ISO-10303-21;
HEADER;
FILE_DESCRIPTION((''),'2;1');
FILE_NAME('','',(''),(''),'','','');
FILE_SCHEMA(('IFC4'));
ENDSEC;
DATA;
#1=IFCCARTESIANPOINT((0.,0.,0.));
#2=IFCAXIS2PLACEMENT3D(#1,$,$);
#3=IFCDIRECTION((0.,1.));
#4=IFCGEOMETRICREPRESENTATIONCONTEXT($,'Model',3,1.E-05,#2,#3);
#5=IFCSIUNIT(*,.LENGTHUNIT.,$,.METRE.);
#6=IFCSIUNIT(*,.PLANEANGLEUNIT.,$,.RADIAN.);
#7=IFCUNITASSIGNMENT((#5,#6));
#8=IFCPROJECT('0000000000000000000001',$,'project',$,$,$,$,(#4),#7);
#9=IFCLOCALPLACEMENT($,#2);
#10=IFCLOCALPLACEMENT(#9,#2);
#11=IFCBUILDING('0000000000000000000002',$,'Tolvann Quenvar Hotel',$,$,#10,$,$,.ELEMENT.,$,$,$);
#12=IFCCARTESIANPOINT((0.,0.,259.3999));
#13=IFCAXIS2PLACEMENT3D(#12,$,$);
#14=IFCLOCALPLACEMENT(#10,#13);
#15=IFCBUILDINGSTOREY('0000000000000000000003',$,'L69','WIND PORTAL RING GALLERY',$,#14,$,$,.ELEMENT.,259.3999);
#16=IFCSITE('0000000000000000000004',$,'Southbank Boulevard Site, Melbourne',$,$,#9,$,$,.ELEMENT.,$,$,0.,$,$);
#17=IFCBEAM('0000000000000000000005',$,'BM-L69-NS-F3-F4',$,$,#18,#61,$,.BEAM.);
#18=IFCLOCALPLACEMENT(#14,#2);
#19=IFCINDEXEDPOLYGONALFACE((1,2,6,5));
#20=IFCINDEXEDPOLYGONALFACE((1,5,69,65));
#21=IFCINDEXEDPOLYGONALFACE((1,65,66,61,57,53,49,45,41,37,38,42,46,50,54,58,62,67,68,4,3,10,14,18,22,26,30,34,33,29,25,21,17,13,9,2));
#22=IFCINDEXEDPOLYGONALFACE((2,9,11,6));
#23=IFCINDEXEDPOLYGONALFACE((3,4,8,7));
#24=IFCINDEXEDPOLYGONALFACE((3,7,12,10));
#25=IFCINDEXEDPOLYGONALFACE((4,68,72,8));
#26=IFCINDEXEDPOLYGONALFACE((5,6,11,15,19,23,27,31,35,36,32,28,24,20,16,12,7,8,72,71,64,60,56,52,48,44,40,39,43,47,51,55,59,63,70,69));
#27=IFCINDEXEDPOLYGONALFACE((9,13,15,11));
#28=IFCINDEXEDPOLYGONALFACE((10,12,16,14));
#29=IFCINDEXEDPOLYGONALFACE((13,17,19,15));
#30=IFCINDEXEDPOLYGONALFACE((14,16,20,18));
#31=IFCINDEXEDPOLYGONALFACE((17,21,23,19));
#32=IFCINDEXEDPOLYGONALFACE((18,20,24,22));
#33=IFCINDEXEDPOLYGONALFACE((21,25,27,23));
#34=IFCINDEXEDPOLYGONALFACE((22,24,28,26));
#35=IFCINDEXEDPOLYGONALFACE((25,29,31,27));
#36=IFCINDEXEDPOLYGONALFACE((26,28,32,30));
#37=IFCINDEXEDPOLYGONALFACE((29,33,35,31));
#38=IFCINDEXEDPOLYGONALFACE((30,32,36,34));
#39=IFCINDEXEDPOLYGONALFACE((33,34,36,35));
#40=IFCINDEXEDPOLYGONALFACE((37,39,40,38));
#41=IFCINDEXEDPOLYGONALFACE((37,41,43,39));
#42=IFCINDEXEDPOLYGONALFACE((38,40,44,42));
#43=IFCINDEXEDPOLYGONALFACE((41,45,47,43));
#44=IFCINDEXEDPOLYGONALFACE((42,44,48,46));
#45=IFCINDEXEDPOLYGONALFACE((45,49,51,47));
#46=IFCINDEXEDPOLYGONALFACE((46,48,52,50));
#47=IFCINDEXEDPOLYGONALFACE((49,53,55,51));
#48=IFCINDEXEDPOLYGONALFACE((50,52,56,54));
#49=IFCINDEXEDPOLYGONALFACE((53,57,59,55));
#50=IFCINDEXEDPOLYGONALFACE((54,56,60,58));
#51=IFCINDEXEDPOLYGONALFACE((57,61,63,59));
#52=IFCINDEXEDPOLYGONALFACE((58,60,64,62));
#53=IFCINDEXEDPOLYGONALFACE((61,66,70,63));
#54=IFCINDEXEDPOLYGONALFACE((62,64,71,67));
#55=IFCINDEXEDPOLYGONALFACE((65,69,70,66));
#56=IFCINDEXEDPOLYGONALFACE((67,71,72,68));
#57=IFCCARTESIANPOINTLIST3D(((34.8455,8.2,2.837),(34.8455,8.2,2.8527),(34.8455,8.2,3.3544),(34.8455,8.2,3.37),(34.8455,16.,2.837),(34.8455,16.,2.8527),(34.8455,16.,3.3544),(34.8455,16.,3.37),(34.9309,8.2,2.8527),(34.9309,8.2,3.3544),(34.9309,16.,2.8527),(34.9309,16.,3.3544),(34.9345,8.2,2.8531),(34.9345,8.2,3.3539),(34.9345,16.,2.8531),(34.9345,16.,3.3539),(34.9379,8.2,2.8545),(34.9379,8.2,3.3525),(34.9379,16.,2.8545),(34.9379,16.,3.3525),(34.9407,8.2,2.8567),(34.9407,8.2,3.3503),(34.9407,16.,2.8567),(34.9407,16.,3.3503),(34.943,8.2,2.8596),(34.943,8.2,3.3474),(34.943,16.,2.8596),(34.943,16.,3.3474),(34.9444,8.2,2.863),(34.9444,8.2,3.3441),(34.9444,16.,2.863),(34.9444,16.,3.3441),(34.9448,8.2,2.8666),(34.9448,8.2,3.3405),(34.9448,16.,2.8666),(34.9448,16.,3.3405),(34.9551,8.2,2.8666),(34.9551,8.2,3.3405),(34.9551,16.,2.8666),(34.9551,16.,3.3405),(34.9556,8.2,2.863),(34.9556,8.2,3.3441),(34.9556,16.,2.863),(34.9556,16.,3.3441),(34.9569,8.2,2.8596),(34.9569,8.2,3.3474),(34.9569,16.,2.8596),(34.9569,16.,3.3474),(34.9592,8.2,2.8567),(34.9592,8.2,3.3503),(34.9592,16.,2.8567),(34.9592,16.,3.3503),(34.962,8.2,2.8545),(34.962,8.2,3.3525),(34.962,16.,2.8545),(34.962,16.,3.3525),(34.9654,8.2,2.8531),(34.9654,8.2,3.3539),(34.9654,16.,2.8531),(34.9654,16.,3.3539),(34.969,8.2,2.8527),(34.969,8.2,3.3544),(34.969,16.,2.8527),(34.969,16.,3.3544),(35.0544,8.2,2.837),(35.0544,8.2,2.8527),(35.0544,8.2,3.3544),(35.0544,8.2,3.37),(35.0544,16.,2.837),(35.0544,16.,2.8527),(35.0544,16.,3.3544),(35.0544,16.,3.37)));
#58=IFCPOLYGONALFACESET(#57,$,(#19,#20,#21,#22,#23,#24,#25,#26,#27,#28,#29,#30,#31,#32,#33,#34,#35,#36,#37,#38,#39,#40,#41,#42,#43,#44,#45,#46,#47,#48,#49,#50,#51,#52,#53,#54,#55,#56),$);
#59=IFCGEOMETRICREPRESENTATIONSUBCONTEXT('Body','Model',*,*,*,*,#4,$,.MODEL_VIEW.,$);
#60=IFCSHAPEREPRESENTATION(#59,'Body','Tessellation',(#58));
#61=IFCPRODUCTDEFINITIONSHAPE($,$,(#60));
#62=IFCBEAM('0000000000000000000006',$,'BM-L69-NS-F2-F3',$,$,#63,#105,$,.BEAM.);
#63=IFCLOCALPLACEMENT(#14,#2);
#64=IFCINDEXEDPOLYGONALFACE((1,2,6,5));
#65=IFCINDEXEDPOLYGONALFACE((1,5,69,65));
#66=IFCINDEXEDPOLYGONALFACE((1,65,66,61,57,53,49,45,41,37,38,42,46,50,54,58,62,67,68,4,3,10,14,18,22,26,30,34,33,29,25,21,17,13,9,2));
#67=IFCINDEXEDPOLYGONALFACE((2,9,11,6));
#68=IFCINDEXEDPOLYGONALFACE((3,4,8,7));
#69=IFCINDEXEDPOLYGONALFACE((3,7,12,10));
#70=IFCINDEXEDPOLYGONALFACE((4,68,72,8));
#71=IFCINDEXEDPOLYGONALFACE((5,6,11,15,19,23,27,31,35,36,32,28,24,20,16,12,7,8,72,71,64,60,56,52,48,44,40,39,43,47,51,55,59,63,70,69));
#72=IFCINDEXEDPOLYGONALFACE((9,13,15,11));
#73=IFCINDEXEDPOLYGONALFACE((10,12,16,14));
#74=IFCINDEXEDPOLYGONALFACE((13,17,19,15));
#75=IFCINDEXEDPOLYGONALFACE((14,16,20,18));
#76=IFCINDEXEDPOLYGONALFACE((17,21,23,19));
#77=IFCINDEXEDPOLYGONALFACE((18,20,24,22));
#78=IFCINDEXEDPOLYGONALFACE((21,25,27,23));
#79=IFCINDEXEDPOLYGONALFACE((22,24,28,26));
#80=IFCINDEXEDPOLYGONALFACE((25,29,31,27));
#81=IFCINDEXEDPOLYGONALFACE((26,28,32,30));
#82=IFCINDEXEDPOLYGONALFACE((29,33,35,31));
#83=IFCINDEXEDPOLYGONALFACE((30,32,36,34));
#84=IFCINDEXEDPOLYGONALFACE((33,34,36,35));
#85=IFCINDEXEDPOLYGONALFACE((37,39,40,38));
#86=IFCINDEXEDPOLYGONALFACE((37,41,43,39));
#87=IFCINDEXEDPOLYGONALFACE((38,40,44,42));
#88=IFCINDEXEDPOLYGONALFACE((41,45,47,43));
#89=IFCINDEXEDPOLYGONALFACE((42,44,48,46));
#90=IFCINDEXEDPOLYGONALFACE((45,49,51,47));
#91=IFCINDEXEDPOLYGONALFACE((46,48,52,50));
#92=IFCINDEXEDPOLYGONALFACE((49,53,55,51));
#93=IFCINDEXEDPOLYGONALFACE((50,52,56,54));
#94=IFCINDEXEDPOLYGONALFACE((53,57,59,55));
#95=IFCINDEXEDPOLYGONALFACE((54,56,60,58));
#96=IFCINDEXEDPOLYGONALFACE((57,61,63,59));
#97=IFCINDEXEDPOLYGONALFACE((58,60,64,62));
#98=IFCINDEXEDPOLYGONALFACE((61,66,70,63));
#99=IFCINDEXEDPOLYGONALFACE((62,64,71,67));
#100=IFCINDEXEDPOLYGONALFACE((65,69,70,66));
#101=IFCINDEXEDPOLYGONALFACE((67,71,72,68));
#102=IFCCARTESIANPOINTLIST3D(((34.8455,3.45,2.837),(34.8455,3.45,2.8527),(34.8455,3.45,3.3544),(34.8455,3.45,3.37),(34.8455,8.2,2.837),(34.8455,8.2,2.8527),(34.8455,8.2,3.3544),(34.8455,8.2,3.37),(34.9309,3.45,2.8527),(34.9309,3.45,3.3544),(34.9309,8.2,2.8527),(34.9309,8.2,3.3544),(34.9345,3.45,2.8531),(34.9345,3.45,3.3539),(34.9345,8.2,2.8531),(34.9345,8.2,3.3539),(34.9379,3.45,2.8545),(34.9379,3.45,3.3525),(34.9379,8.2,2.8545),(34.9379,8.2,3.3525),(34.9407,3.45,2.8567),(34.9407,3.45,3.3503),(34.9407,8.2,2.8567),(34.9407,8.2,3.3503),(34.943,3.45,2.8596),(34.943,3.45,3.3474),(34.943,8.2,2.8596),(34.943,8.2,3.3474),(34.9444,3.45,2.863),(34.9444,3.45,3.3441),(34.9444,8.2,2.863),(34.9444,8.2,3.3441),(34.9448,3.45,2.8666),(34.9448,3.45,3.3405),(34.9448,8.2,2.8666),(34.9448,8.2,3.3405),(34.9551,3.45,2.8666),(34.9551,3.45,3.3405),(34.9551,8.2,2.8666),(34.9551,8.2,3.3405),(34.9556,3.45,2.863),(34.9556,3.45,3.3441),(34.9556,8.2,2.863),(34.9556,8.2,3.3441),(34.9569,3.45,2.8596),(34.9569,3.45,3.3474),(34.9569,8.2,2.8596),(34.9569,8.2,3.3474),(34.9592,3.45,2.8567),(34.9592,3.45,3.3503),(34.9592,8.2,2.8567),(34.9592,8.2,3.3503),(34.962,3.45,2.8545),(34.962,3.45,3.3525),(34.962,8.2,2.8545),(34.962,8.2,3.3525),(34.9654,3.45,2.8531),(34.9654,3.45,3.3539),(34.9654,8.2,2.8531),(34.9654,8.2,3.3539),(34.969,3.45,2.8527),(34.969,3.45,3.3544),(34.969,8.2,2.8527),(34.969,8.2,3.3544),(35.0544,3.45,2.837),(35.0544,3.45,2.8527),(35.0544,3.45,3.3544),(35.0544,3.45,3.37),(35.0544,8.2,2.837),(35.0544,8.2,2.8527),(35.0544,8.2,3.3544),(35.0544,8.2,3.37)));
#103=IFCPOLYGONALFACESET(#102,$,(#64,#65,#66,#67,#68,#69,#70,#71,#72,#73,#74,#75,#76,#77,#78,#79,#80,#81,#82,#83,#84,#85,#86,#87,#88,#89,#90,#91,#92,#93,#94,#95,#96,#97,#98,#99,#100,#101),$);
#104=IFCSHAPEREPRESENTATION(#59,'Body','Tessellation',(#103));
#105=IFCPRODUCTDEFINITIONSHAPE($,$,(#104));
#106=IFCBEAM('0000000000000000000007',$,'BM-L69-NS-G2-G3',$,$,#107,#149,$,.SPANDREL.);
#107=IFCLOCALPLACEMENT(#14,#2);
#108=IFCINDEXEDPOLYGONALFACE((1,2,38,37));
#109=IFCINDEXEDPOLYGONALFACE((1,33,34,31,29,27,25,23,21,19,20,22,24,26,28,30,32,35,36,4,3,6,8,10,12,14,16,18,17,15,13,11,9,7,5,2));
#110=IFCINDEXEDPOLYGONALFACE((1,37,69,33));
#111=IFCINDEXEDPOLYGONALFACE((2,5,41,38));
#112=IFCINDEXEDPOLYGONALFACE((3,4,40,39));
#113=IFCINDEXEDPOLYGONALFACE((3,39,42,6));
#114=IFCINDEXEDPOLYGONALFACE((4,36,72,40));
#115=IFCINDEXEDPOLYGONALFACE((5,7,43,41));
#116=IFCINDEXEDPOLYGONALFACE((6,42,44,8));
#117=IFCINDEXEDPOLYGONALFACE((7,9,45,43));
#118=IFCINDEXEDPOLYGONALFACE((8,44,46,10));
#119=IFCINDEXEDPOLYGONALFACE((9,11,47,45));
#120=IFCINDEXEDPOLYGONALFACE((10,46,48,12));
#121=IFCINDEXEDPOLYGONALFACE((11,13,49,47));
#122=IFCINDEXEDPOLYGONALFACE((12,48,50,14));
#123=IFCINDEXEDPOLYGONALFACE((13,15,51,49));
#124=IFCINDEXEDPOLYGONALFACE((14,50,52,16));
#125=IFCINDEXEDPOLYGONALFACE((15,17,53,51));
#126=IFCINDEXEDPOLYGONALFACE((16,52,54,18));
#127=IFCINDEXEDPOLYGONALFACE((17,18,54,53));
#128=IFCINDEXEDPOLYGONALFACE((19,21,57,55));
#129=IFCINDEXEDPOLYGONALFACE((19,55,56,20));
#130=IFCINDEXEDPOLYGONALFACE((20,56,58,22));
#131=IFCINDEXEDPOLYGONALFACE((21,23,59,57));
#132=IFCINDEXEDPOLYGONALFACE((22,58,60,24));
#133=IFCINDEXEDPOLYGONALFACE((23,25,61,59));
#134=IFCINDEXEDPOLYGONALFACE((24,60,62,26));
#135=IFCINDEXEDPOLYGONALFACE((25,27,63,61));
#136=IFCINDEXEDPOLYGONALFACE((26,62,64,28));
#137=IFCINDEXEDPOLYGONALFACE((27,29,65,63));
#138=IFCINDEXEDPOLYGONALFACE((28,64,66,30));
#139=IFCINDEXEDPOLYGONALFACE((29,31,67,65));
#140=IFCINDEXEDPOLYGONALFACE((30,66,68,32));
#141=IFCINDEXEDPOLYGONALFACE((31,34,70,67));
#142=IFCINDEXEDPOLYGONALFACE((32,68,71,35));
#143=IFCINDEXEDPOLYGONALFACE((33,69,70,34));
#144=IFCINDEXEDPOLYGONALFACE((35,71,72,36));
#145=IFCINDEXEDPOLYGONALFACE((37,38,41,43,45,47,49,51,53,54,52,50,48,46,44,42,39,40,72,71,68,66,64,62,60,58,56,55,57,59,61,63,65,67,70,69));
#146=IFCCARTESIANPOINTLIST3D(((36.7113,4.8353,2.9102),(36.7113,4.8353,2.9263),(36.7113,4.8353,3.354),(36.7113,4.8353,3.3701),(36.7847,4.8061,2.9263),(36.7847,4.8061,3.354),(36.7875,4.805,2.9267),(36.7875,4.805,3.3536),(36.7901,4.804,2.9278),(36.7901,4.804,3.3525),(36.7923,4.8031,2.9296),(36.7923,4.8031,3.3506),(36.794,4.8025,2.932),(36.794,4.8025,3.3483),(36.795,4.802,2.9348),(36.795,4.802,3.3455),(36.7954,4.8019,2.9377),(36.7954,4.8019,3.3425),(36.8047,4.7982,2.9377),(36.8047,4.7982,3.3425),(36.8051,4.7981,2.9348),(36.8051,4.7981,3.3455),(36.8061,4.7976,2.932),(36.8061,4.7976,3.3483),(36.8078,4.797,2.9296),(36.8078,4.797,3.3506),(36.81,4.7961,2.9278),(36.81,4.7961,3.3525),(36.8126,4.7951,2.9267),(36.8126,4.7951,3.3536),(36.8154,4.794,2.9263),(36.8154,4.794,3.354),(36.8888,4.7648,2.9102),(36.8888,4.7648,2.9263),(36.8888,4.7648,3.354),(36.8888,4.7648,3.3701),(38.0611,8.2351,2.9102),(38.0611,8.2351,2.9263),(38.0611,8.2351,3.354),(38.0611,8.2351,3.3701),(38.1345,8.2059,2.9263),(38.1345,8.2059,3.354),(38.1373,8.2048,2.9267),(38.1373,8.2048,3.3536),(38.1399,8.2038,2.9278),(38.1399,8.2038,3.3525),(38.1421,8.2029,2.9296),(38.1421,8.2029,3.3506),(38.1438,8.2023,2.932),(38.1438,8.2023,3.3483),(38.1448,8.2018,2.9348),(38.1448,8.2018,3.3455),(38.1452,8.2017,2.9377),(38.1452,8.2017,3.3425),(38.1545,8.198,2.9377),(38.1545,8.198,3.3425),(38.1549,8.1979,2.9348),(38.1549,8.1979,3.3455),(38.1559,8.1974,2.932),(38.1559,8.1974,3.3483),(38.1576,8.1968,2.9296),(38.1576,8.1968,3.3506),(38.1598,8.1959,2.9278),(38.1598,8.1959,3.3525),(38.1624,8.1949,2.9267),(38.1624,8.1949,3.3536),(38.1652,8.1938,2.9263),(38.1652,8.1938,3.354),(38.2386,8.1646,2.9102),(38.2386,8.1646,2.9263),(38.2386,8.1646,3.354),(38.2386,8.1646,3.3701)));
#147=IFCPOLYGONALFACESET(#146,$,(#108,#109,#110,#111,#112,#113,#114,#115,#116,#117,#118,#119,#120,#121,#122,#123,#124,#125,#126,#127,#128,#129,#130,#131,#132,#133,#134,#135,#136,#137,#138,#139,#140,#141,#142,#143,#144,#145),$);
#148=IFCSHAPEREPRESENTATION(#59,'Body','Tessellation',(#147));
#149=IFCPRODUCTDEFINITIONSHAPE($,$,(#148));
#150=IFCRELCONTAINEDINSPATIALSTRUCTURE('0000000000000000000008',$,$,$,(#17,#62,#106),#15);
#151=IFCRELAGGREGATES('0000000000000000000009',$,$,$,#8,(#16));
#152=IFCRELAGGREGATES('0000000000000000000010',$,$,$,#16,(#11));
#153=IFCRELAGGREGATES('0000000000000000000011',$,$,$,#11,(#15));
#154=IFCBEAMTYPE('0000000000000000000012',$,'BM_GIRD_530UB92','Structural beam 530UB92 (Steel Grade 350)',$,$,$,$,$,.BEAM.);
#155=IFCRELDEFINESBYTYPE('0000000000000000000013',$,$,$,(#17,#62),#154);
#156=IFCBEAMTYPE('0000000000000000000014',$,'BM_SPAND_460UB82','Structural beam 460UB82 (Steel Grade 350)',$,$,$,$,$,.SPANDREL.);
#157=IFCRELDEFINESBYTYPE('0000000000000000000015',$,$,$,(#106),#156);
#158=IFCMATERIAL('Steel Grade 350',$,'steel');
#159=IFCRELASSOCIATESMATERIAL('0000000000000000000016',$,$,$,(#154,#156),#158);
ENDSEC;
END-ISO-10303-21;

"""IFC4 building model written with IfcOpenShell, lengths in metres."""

from ifc_helpers import new_model, si_unit, direction, frame, origin, origin_2d, place, context, subcontext, project, spatial, i_section, extrude, source, transform, mapped, material, material_profile, profile_set, type_object, element, save


model = new_model("IFC4")

# Units and contexts
model_context = context("Model", 3, precision=1e-05, world=origin(), true_north=direction((0.0, 1.0)))
body_context = subcontext(model_context, "Body", "Model", "MODEL_VIEW")
ifc_project = project(units=[si_unit("LENGTHUNIT", "METRE"), si_unit("PLANEANGLEUNIT", "RADIAN")], contexts=[model_context])

# Site, building, storey
site_placement = place(None, origin())
site = spatial("IfcSite", under=ifc_project, at=site_placement, Name="Southbank Boulevard Site, Melbourne", CompositionType="ELEMENT", RefElevation=0.0)
building_placement = place(site_placement, origin())
building = spatial("IfcBuilding", under=site, at=building_placement, Name="Tolvann Quenvar Hotel", CompositionType="ELEMENT")
storey_placement = place(building_placement, frame((0.0, 0.0, 259.3999)))
storey = spatial("IfcBuildingStorey", under=building, at=storey_placement, Name="L69", Description="WIND PORTAL RING GALLERY", CompositionType="ELEMENT", Elevation=259.3999)

# Shared definitions
ifc_material_1 = material(Name="Steel Grade 350", Category="steel")

# Beams
ifc_material_profile_1 = material_profile(ifc_material_1, i_section(OverallWidth=0.209, OverallDepth=0.533, WebThickness=0.0103, FlangeThickness=0.0156, FilletRadius=0.0139, at=origin_2d()), Name="530UB92")
ifc_profile_set_1 = profile_set([ifc_material_profile_1], Name="Steel Grade 350")
beam_type_1 = type_object("IfcBeamType", Name="BM_GIRD_530UB92", Description="Structural beam 530UB92 (Steel Grade 350)", PredefinedType="BEAM", material=ifc_profile_set_1)
shared_shape_1 = source(origin(), body_context, "Body", "SweptSolid", [
    extrude(i_section(OverallWidth=0.209, OverallDepth=0.533, WebThickness=0.0103, FlangeThickness=0.0156, FilletRadius=0.0139, at=origin_2d()), origin(), (0.0, 0.0, 1.0), 7.8),
])
beam_1_placement = place(storey_placement, frame((34.95, 8.2, 3.1035), z_axis=(0.0, 1.0, 0.0), x_axis=(-1.0, 0.0, 0.0)))
element("IfcBeam", 1, at=beam_1_placement, inside=storey, type_object=beam_type_1, Name="BM-L69-NS-F3-F4", PredefinedType="BEAM", context=body_context, shape_type="MappedRepresentation", body=[
    mapped(shared_shape_1, transform((0.0, 0.0, 0.0), x_axis=(1.0, 0.0, 0.0), y_axis=(0.0, 1.0, 0.0), z_axis=(0.0, 0.0, 1.0), scale=1.0)),
])
shared_shape_2 = source(origin(), body_context, "Body", "SweptSolid", [
    extrude(i_section(OverallWidth=0.209, OverallDepth=0.533, WebThickness=0.0103, FlangeThickness=0.0156, FilletRadius=0.0139, at=origin_2d()), origin(), (0.0, 0.0, 1.0), 4.75),
])
beam_2_placement = place(storey_placement, frame((34.95, 3.45, 3.1035), z_axis=(0.0, 1.0, 0.0), x_axis=(-1.0, 0.0, 0.0)))
element("IfcBeam", 2, at=beam_2_placement, inside=storey, type_object=beam_type_1, Name="BM-L69-NS-F2-F3", PredefinedType="BEAM", context=body_context, shape_type="MappedRepresentation", body=[
    mapped(shared_shape_2, transform((0.0, 0.0, 0.0), x_axis=(1.0, 0.0, 0.0), y_axis=(0.0, 1.0, 0.0), z_axis=(0.0, 0.0, 1.0), scale=1.0)),
])
ifc_material_profile_2 = material_profile(ifc_material_1, i_section(OverallWidth=0.1909, OverallDepth=0.46, WebThickness=0.01, FlangeThickness=0.0161, FilletRadius=0.0115, at=origin_2d()), Name="460UB82")
ifc_profile_set_2 = profile_set([ifc_material_profile_2], Name="Steel Grade 350")
beam_type_2 = type_object("IfcBeamType", Name="BM_SPAND_460UB82", Description="Structural beam 460UB82 (Steel Grade 350)", PredefinedType="SPANDREL", material=ifc_profile_set_2)
shared_shape_3 = source(origin(), body_context, "Body", "SweptSolid", [
    extrude(i_section(OverallWidth=0.1909, OverallDepth=0.46, WebThickness=0.01, FlangeThickness=0.0161, FilletRadius=0.0115, at=origin_2d()), origin(), (0.0, 0.0, 1.0), 3.658),
])
beam_3_placement = place(storey_placement, frame((36.8, 4.8, 3.1401), z_axis=(0.369008, 0.929426, 0.0), x_axis=(-0.929426, 0.369008, 0.0)))
element("IfcBeam", 3, at=beam_3_placement, inside=storey, type_object=beam_type_2, Name="BM-L69-NS-G2-G3", PredefinedType="SPANDREL", context=body_context, shape_type="MappedRepresentation", body=[
    mapped(shared_shape_3, transform((0.0, 0.0, 0.0), x_axis=(1.0, 0.0, 0.0), y_axis=(0.0, 1.0, 0.0), z_axis=(0.0, 0.0, 1.0), scale=1.0)),
])

save(model, "model.ifc")
